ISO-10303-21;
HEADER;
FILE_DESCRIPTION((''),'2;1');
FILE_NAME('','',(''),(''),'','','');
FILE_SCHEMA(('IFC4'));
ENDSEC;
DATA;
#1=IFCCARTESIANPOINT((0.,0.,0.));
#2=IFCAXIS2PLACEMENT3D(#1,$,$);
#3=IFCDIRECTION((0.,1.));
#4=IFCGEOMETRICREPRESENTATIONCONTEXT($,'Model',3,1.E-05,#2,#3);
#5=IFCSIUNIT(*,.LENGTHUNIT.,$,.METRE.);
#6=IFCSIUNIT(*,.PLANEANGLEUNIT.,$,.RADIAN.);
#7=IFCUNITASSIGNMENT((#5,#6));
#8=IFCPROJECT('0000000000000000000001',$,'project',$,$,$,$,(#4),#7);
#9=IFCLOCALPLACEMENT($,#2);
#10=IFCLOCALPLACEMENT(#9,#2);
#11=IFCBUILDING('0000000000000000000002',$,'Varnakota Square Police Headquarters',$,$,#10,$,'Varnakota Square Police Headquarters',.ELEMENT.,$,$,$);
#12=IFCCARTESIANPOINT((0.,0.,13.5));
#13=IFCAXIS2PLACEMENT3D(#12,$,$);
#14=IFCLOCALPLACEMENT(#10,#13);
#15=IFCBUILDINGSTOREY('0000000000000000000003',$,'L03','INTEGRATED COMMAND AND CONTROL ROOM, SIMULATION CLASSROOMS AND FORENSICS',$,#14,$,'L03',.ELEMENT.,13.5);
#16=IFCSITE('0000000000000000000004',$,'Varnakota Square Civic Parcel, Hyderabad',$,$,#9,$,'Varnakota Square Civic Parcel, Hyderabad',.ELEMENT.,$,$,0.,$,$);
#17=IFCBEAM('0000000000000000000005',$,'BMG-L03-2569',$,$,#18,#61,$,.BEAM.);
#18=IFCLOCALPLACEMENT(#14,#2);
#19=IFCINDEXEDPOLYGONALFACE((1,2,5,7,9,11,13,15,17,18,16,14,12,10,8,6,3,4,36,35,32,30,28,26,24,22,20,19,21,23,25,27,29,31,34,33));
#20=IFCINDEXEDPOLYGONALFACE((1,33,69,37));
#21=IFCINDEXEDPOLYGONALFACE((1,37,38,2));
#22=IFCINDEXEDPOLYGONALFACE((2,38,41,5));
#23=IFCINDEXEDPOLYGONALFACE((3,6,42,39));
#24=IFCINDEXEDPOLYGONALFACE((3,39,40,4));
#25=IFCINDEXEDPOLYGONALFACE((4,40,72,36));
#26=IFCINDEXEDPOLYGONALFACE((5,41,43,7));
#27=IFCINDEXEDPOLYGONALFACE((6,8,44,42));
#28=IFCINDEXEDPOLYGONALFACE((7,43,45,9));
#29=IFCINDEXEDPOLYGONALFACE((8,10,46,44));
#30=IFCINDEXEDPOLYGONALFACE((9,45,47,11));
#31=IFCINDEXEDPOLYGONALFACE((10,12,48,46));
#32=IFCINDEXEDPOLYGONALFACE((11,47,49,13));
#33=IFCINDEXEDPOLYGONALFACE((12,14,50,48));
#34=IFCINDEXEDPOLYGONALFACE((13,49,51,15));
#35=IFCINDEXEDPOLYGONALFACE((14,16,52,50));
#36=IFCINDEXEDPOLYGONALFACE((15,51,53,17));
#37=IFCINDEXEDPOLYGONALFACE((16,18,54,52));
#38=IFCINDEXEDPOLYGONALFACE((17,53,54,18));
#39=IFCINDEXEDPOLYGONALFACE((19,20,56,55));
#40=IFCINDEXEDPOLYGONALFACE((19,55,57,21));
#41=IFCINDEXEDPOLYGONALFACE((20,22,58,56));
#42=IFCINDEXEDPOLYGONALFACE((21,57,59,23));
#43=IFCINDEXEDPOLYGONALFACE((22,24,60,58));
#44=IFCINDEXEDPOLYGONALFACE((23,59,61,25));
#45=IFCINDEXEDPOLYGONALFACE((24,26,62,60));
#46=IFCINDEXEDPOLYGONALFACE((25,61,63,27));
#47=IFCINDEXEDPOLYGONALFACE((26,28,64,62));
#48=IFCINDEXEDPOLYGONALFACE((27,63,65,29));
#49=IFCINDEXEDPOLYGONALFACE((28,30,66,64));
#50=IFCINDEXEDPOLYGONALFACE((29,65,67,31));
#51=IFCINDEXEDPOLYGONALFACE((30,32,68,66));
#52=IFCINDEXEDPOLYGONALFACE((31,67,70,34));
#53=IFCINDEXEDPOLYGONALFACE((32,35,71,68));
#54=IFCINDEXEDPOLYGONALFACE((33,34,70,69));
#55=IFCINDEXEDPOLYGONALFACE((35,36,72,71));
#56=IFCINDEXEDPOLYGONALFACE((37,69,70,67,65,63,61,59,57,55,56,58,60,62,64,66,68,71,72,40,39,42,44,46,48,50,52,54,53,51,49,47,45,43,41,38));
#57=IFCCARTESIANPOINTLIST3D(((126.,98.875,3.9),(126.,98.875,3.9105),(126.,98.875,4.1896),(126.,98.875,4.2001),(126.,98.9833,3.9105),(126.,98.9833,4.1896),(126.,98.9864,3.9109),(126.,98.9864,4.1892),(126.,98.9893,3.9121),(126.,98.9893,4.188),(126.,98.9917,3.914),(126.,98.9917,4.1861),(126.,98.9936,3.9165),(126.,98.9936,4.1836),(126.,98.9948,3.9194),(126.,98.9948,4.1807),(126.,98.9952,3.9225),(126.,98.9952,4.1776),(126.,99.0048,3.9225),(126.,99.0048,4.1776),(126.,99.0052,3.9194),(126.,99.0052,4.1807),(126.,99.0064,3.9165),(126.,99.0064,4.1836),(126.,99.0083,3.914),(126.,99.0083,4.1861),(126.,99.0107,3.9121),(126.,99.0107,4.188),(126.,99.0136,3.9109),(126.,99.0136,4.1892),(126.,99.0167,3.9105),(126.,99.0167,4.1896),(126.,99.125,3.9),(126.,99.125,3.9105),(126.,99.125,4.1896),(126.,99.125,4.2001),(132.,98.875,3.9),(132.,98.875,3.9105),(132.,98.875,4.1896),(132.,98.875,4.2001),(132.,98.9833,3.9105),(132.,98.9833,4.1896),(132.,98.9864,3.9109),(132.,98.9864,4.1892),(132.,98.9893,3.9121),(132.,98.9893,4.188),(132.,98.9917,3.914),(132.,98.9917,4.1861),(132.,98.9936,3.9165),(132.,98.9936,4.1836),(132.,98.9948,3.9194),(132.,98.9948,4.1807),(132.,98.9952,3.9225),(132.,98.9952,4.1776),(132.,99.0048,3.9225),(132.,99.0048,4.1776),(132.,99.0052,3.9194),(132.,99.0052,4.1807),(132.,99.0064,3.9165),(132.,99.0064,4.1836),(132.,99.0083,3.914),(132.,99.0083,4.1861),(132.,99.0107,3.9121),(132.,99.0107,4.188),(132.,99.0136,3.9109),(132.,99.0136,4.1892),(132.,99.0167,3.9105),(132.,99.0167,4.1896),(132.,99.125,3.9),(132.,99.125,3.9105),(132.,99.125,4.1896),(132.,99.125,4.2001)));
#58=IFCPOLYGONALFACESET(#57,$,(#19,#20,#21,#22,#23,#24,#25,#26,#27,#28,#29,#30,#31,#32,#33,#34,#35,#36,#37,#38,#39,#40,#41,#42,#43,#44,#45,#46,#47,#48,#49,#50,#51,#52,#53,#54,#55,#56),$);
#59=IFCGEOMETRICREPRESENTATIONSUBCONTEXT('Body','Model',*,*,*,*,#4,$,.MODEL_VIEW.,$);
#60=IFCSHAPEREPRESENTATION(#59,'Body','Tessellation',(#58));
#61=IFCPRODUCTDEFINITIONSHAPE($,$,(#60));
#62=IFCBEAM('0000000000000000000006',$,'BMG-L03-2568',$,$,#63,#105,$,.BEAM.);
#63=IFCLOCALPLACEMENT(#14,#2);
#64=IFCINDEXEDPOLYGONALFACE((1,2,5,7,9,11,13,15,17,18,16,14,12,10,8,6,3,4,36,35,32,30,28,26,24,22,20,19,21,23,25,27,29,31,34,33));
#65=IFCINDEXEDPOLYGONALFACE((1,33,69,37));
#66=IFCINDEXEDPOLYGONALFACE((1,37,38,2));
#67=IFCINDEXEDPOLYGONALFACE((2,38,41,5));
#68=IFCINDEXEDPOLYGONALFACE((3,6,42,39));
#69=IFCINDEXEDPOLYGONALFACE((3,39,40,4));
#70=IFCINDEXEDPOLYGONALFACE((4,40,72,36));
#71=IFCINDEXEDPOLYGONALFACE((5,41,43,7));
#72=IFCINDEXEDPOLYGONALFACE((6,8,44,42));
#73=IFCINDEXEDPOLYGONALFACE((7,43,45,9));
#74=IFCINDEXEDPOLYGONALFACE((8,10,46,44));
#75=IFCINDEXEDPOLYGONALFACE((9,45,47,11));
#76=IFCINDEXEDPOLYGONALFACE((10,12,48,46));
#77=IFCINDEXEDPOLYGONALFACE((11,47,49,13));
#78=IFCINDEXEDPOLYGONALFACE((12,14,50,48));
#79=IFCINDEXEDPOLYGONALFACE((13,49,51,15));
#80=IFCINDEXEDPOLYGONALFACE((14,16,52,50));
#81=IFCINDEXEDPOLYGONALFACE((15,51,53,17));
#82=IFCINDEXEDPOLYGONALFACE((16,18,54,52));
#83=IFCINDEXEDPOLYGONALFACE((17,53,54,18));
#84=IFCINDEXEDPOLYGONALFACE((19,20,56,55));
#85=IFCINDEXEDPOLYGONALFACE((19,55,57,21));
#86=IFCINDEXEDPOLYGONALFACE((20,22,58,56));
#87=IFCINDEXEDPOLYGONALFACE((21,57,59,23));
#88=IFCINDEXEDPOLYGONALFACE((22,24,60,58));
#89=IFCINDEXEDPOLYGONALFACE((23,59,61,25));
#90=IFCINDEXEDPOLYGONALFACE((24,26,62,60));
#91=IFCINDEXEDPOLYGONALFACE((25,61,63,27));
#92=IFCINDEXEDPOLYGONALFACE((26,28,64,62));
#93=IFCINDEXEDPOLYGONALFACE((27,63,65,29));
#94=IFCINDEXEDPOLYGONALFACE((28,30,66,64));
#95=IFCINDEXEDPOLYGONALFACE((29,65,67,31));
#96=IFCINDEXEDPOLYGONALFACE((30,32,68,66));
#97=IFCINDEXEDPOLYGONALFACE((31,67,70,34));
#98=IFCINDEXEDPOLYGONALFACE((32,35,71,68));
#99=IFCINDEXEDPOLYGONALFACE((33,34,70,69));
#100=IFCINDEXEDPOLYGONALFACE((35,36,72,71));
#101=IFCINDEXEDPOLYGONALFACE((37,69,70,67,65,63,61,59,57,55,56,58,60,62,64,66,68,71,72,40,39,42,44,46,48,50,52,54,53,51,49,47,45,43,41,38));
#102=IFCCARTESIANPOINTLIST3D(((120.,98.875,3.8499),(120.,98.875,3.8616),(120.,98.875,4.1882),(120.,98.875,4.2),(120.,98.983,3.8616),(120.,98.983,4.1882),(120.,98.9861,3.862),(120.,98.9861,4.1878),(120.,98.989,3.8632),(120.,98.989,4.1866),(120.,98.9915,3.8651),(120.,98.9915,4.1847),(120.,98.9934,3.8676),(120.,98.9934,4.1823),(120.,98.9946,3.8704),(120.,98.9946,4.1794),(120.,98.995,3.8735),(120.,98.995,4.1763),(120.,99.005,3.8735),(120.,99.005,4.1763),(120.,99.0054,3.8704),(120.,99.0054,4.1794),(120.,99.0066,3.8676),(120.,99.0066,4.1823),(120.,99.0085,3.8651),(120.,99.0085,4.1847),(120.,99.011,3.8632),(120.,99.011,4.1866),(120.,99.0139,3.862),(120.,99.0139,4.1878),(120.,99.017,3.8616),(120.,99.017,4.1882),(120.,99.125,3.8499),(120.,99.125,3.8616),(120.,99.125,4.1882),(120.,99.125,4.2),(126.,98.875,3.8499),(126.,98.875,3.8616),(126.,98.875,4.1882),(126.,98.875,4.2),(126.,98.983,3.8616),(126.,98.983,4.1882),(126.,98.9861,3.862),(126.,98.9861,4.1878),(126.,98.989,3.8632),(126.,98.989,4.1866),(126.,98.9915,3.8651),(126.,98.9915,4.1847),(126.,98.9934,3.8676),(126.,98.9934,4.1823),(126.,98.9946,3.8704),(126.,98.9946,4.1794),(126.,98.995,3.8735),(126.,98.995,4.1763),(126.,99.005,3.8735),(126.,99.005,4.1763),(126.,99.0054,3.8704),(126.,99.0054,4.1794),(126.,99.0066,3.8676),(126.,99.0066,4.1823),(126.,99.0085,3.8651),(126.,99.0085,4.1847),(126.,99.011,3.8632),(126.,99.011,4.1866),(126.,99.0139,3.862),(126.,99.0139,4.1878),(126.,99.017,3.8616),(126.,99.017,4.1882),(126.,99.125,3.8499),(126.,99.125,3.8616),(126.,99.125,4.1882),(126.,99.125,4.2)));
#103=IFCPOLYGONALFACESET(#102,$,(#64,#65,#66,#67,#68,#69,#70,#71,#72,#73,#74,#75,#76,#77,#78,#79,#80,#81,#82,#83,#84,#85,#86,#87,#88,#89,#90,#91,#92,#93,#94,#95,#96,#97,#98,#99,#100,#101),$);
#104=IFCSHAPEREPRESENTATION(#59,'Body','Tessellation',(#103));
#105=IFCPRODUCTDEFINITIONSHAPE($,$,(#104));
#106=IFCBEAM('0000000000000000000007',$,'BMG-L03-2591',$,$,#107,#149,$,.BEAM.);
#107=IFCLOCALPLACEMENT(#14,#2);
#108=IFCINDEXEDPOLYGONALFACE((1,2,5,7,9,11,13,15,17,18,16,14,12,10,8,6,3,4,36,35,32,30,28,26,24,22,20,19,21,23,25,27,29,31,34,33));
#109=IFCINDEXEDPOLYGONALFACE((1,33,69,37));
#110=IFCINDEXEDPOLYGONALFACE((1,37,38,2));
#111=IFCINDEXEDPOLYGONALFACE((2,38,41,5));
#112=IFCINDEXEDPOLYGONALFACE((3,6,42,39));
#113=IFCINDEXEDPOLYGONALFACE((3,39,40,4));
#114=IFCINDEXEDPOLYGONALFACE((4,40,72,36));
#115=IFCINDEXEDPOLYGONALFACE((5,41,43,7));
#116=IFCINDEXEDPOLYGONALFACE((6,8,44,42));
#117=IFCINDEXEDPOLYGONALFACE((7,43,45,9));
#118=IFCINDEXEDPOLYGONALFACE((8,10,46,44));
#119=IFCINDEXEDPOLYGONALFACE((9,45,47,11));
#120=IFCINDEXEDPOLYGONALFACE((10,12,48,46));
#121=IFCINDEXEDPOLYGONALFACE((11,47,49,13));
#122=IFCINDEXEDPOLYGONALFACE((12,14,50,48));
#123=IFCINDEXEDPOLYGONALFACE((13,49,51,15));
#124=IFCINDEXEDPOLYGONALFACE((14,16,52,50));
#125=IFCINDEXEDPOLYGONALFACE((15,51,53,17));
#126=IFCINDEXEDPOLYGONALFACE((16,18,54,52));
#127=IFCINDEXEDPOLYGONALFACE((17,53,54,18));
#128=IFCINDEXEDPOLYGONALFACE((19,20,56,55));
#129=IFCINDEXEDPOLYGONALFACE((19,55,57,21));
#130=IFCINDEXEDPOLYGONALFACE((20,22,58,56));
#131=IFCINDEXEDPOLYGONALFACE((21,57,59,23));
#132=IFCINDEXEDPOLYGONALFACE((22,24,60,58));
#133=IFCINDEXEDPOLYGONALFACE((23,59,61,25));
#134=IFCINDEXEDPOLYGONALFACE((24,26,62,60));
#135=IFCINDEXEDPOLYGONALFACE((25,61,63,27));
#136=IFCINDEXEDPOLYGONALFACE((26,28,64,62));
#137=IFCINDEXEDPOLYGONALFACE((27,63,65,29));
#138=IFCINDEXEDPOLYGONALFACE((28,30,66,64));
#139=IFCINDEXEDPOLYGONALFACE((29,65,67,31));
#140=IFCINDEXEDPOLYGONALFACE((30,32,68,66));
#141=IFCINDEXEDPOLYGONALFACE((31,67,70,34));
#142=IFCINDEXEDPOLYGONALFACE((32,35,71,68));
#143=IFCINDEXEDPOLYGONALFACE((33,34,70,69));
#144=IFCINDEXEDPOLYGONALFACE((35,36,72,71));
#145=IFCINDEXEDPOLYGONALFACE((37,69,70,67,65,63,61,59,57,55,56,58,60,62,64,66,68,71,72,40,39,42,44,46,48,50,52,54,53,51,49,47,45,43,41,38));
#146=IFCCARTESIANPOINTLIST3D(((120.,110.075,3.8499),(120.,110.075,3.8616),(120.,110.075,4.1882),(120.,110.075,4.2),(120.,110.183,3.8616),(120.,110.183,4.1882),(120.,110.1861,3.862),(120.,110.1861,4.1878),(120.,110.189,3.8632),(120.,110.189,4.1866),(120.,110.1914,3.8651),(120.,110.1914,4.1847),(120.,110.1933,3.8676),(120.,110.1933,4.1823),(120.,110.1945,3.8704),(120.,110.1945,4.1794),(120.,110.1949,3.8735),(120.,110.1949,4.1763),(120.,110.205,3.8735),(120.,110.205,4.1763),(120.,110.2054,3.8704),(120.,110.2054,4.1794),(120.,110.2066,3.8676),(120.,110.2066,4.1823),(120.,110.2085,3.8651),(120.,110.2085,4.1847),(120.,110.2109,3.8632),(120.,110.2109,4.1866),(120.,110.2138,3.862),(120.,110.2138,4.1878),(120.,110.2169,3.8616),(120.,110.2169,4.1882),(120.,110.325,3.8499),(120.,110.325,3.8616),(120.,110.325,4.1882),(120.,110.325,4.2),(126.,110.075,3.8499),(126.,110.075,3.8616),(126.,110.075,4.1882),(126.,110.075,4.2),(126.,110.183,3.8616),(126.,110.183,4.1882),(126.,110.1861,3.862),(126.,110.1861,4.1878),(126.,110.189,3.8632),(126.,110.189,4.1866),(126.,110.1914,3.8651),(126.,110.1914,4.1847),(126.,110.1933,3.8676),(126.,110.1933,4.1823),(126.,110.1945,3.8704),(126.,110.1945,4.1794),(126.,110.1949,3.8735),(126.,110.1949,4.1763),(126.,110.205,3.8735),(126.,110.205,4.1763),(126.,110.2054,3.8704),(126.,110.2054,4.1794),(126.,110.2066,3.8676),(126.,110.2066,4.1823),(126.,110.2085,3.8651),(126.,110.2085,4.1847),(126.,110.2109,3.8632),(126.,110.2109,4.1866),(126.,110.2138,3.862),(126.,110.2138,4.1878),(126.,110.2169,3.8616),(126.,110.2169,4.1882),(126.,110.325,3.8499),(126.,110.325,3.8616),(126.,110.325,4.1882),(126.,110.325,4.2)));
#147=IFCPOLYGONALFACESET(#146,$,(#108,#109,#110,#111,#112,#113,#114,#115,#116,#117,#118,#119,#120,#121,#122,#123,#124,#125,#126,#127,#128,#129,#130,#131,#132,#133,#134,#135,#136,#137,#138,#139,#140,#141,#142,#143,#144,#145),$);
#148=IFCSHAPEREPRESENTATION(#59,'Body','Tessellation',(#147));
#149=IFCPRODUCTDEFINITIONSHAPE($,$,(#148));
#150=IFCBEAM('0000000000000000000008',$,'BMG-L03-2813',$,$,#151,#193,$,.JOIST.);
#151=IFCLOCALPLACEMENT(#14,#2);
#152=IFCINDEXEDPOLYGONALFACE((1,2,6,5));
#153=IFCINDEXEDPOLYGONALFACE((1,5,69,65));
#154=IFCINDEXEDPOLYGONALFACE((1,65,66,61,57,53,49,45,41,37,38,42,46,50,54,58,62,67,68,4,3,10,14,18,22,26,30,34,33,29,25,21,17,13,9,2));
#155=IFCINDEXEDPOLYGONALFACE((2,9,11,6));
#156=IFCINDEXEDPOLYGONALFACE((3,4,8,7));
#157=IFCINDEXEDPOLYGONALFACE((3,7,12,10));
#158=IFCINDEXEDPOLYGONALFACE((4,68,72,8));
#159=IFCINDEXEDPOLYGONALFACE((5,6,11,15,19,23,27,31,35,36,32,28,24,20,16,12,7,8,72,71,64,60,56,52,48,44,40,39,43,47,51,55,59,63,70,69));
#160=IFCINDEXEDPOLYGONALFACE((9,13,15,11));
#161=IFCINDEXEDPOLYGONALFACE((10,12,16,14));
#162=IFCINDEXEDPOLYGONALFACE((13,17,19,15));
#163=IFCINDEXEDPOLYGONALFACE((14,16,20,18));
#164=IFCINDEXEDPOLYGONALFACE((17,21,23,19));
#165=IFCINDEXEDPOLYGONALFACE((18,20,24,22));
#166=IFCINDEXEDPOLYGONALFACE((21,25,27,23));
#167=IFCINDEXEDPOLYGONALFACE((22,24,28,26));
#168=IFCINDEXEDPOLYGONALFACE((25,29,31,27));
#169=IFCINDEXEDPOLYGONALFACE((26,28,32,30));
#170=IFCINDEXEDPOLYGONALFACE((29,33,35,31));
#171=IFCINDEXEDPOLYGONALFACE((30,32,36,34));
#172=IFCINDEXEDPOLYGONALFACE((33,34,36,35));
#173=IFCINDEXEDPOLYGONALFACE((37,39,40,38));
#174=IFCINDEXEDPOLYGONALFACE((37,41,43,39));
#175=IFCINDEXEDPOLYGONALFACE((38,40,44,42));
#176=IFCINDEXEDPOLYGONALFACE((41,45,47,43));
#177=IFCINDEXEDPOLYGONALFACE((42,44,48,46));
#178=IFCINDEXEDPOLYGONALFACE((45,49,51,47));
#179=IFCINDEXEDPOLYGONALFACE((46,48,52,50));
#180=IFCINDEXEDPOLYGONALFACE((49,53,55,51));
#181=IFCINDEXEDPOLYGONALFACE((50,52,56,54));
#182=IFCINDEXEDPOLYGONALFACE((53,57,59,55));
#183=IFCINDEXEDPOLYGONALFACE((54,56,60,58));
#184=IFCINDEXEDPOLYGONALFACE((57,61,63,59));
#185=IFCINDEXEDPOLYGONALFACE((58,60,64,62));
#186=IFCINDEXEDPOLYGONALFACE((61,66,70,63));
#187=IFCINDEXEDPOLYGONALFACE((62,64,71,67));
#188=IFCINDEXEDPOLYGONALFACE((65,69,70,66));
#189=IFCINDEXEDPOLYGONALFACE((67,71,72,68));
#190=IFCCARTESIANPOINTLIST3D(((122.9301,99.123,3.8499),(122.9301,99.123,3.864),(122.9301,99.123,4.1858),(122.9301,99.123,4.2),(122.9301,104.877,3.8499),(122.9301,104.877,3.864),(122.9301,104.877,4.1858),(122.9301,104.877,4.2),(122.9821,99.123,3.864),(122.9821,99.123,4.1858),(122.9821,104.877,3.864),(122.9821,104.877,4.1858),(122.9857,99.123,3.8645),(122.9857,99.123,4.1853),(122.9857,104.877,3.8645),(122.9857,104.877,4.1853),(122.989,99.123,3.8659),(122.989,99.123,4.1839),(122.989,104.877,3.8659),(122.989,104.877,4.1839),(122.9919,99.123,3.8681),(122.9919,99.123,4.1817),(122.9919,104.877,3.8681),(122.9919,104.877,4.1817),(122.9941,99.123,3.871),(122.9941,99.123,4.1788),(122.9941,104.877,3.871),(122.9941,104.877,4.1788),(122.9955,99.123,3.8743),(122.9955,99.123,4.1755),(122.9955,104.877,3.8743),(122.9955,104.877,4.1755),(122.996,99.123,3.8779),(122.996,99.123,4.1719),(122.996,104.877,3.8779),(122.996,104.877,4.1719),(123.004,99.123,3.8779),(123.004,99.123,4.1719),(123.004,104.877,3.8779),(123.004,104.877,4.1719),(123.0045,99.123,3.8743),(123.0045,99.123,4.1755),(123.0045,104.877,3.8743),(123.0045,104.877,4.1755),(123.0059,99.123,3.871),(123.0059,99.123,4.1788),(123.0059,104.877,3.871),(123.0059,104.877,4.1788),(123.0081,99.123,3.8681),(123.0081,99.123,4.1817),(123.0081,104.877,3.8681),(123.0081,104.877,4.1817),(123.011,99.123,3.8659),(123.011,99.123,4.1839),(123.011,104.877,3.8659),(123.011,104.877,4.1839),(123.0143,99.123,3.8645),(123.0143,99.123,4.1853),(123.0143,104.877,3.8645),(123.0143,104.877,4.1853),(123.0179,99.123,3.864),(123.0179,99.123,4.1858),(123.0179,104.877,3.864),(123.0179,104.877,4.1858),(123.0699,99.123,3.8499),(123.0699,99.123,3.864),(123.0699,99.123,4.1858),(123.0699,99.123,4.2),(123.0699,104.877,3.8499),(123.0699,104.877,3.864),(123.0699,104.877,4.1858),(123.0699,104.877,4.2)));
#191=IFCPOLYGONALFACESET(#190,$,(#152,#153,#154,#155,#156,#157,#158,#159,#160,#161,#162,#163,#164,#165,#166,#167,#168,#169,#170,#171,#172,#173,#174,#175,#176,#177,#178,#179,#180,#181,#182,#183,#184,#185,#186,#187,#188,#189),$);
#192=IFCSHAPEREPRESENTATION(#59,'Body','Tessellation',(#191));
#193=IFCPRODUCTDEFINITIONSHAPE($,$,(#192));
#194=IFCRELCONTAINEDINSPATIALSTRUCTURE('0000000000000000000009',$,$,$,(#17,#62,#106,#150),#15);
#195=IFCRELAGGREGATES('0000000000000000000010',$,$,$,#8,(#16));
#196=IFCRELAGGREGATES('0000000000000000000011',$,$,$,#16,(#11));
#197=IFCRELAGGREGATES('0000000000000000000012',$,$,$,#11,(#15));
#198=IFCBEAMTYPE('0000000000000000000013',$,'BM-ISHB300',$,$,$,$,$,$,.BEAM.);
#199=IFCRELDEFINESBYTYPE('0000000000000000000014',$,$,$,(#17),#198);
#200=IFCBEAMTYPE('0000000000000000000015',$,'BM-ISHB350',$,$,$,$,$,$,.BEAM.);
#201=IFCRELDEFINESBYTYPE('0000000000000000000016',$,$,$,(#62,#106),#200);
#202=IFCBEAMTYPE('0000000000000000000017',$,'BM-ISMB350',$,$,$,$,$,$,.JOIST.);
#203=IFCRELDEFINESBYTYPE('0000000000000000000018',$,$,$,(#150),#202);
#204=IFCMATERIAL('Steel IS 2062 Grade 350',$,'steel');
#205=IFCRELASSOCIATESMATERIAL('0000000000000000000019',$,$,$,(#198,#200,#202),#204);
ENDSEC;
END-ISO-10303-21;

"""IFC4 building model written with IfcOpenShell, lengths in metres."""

from ifc_helpers import new_model, si_unit, direction, frame, origin, origin_2d, place, context, subcontext, project, spatial, i_section, extrude, material, material_profile, profile_set, type_object, element, save


model = new_model("IFC4")

# Units and contexts
model_context = context("Model", 3, precision=1e-05, world=origin(), true_north=direction((0.0, 1.0)))
body_context = subcontext(model_context, "Body", "Model", "MODEL_VIEW")
ifc_project = project(units=[si_unit("LENGTHUNIT", "METRE"), si_unit("PLANEANGLEUNIT", "RADIAN")], contexts=[model_context])

# Site, building, storey
site_placement = place(None, origin())
site = spatial("IfcSite", under=ifc_project, at=site_placement, Name="Varnakota Square Civic Parcel, Hyderabad", LongName="Varnakota Square Civic Parcel, Hyderabad", CompositionType="ELEMENT", RefElevation=0.0)
building_placement = place(site_placement, origin())
building = spatial("IfcBuilding", under=site, at=building_placement, Name="Varnakota Square Police Headquarters", LongName="Varnakota Square Police Headquarters", CompositionType="ELEMENT")
storey_placement = place(building_placement, frame((0.0, 0.0, 13.5)))
storey = spatial("IfcBuildingStorey", under=building, at=storey_placement, Name="L03", Description="INTEGRATED COMMAND AND CONTROL ROOM, SIMULATION CLASSROOMS AND FORENSICS", LongName="L03", CompositionType="ELEMENT", Elevation=13.5)

# Shared definitions
ifc_material_1 = material(Name="Steel IS 2062 Grade 350", Category="steel")

# Beams
ifc_material_profile_1 = material_profile(ifc_material_1, i_section(OverallWidth=0.25, OverallDepth=0.3, WebThickness=0.0095, FlangeThickness=0.0105, FilletRadius=0.012, at=origin_2d()), Name="ISHB 300")
ifc_profile_set_1 = profile_set([ifc_material_profile_1], Name="Steel IS 2062 Grade 350")
beam_type_1 = type_object("IfcBeamType", Name="BM-ISHB300", PredefinedType="BEAM", material=ifc_profile_set_1)
beam_1_placement = place(storey_placement, frame((126.0, 99.0, 4.05), z_axis=(1.0, 0.0, 0.0), x_axis=(0.0, 1.0, 0.0)))
element("IfcBeam", 1, at=beam_1_placement, inside=storey, type_object=beam_type_1, Name="BMG-L03-2569", PredefinedType="BEAM", context=body_context, shape_type="SweptSolid", body=[
    extrude(i_section(OverallWidth=0.25, OverallDepth=0.3, WebThickness=0.0095, FlangeThickness=0.0105, FilletRadius=0.012, at=origin_2d()), origin(), (0.0, 0.0, 1.0), 6.0),
])
ifc_material_profile_2 = material_profile(ifc_material_1, i_section(OverallWidth=0.25, OverallDepth=0.3501, WebThickness=0.01, FlangeThickness=0.0117, FilletRadius=0.012, at=origin_2d()), Name="ISHB 350")
ifc_profile_set_2 = profile_set([ifc_material_profile_2], Name="Steel IS 2062 Grade 350")
beam_type_2 = type_object("IfcBeamType", Name="BM-ISHB350", PredefinedType="BEAM", material=ifc_profile_set_2)
for number, where, z_axis, x_axis, name in (
    (2, (120.0, 99.0, 4.0249), (1.0, 0.0, 0.0), (0.0, 1.0, 0.0), "BMG-L03-2568"),
    (3, (120.0, 110.2, 4.0249), (1.0, 0.0, 0.0), (0.0, 1.0, 0.0), "BMG-L03-2591"),
):
    element("IfcBeam", number, at=place(storey_placement, frame(where, z_axis=z_axis, x_axis=x_axis)), inside=storey, type_object=beam_type_2, Name=name, PredefinedType="BEAM", context=body_context, shape_type="SweptSolid", body=[
        extrude(i_section(OverallWidth=0.25, OverallDepth=0.3501, WebThickness=0.01, FlangeThickness=0.0117, FilletRadius=0.012, at=origin_2d()), origin(), (0.0, 0.0, 1.0), 6.0),
    ])
ifc_material_profile_3 = material_profile(ifc_material_1, i_section(OverallWidth=0.1399, OverallDepth=0.3501, WebThickness=0.0081, FlangeThickness=0.0142, FilletRadius=0.0139, at=origin_2d()), Name="ISMB 350")
ifc_profile_set_3 = profile_set([ifc_material_profile_3], Name="Steel IS 2062 Grade 350")
beam_type_3 = type_object("IfcBeamType", Name="BM-ISMB350", PredefinedType="JOIST", material=ifc_profile_set_3)
beam_2_placement = place(storey_placement, frame((123.0, 99.123, 4.0249), z_axis=(0.0, 1.0, 0.0), x_axis=(-1.0, 0.0, 0.0)))
element("IfcBeam", 4, at=beam_2_placement, inside=storey, type_object=beam_type_3, Name="BMG-L03-2813", PredefinedType="JOIST", context=body_context, shape_type="SweptSolid", body=[
    extrude(i_section(OverallWidth=0.1399, OverallDepth=0.3501, WebThickness=0.0081, FlangeThickness=0.0142, FilletRadius=0.0139, at=origin_2d()), origin(), (0.0, 0.0, 1.0), 5.7539),
])

save(model, "model.ifc")
